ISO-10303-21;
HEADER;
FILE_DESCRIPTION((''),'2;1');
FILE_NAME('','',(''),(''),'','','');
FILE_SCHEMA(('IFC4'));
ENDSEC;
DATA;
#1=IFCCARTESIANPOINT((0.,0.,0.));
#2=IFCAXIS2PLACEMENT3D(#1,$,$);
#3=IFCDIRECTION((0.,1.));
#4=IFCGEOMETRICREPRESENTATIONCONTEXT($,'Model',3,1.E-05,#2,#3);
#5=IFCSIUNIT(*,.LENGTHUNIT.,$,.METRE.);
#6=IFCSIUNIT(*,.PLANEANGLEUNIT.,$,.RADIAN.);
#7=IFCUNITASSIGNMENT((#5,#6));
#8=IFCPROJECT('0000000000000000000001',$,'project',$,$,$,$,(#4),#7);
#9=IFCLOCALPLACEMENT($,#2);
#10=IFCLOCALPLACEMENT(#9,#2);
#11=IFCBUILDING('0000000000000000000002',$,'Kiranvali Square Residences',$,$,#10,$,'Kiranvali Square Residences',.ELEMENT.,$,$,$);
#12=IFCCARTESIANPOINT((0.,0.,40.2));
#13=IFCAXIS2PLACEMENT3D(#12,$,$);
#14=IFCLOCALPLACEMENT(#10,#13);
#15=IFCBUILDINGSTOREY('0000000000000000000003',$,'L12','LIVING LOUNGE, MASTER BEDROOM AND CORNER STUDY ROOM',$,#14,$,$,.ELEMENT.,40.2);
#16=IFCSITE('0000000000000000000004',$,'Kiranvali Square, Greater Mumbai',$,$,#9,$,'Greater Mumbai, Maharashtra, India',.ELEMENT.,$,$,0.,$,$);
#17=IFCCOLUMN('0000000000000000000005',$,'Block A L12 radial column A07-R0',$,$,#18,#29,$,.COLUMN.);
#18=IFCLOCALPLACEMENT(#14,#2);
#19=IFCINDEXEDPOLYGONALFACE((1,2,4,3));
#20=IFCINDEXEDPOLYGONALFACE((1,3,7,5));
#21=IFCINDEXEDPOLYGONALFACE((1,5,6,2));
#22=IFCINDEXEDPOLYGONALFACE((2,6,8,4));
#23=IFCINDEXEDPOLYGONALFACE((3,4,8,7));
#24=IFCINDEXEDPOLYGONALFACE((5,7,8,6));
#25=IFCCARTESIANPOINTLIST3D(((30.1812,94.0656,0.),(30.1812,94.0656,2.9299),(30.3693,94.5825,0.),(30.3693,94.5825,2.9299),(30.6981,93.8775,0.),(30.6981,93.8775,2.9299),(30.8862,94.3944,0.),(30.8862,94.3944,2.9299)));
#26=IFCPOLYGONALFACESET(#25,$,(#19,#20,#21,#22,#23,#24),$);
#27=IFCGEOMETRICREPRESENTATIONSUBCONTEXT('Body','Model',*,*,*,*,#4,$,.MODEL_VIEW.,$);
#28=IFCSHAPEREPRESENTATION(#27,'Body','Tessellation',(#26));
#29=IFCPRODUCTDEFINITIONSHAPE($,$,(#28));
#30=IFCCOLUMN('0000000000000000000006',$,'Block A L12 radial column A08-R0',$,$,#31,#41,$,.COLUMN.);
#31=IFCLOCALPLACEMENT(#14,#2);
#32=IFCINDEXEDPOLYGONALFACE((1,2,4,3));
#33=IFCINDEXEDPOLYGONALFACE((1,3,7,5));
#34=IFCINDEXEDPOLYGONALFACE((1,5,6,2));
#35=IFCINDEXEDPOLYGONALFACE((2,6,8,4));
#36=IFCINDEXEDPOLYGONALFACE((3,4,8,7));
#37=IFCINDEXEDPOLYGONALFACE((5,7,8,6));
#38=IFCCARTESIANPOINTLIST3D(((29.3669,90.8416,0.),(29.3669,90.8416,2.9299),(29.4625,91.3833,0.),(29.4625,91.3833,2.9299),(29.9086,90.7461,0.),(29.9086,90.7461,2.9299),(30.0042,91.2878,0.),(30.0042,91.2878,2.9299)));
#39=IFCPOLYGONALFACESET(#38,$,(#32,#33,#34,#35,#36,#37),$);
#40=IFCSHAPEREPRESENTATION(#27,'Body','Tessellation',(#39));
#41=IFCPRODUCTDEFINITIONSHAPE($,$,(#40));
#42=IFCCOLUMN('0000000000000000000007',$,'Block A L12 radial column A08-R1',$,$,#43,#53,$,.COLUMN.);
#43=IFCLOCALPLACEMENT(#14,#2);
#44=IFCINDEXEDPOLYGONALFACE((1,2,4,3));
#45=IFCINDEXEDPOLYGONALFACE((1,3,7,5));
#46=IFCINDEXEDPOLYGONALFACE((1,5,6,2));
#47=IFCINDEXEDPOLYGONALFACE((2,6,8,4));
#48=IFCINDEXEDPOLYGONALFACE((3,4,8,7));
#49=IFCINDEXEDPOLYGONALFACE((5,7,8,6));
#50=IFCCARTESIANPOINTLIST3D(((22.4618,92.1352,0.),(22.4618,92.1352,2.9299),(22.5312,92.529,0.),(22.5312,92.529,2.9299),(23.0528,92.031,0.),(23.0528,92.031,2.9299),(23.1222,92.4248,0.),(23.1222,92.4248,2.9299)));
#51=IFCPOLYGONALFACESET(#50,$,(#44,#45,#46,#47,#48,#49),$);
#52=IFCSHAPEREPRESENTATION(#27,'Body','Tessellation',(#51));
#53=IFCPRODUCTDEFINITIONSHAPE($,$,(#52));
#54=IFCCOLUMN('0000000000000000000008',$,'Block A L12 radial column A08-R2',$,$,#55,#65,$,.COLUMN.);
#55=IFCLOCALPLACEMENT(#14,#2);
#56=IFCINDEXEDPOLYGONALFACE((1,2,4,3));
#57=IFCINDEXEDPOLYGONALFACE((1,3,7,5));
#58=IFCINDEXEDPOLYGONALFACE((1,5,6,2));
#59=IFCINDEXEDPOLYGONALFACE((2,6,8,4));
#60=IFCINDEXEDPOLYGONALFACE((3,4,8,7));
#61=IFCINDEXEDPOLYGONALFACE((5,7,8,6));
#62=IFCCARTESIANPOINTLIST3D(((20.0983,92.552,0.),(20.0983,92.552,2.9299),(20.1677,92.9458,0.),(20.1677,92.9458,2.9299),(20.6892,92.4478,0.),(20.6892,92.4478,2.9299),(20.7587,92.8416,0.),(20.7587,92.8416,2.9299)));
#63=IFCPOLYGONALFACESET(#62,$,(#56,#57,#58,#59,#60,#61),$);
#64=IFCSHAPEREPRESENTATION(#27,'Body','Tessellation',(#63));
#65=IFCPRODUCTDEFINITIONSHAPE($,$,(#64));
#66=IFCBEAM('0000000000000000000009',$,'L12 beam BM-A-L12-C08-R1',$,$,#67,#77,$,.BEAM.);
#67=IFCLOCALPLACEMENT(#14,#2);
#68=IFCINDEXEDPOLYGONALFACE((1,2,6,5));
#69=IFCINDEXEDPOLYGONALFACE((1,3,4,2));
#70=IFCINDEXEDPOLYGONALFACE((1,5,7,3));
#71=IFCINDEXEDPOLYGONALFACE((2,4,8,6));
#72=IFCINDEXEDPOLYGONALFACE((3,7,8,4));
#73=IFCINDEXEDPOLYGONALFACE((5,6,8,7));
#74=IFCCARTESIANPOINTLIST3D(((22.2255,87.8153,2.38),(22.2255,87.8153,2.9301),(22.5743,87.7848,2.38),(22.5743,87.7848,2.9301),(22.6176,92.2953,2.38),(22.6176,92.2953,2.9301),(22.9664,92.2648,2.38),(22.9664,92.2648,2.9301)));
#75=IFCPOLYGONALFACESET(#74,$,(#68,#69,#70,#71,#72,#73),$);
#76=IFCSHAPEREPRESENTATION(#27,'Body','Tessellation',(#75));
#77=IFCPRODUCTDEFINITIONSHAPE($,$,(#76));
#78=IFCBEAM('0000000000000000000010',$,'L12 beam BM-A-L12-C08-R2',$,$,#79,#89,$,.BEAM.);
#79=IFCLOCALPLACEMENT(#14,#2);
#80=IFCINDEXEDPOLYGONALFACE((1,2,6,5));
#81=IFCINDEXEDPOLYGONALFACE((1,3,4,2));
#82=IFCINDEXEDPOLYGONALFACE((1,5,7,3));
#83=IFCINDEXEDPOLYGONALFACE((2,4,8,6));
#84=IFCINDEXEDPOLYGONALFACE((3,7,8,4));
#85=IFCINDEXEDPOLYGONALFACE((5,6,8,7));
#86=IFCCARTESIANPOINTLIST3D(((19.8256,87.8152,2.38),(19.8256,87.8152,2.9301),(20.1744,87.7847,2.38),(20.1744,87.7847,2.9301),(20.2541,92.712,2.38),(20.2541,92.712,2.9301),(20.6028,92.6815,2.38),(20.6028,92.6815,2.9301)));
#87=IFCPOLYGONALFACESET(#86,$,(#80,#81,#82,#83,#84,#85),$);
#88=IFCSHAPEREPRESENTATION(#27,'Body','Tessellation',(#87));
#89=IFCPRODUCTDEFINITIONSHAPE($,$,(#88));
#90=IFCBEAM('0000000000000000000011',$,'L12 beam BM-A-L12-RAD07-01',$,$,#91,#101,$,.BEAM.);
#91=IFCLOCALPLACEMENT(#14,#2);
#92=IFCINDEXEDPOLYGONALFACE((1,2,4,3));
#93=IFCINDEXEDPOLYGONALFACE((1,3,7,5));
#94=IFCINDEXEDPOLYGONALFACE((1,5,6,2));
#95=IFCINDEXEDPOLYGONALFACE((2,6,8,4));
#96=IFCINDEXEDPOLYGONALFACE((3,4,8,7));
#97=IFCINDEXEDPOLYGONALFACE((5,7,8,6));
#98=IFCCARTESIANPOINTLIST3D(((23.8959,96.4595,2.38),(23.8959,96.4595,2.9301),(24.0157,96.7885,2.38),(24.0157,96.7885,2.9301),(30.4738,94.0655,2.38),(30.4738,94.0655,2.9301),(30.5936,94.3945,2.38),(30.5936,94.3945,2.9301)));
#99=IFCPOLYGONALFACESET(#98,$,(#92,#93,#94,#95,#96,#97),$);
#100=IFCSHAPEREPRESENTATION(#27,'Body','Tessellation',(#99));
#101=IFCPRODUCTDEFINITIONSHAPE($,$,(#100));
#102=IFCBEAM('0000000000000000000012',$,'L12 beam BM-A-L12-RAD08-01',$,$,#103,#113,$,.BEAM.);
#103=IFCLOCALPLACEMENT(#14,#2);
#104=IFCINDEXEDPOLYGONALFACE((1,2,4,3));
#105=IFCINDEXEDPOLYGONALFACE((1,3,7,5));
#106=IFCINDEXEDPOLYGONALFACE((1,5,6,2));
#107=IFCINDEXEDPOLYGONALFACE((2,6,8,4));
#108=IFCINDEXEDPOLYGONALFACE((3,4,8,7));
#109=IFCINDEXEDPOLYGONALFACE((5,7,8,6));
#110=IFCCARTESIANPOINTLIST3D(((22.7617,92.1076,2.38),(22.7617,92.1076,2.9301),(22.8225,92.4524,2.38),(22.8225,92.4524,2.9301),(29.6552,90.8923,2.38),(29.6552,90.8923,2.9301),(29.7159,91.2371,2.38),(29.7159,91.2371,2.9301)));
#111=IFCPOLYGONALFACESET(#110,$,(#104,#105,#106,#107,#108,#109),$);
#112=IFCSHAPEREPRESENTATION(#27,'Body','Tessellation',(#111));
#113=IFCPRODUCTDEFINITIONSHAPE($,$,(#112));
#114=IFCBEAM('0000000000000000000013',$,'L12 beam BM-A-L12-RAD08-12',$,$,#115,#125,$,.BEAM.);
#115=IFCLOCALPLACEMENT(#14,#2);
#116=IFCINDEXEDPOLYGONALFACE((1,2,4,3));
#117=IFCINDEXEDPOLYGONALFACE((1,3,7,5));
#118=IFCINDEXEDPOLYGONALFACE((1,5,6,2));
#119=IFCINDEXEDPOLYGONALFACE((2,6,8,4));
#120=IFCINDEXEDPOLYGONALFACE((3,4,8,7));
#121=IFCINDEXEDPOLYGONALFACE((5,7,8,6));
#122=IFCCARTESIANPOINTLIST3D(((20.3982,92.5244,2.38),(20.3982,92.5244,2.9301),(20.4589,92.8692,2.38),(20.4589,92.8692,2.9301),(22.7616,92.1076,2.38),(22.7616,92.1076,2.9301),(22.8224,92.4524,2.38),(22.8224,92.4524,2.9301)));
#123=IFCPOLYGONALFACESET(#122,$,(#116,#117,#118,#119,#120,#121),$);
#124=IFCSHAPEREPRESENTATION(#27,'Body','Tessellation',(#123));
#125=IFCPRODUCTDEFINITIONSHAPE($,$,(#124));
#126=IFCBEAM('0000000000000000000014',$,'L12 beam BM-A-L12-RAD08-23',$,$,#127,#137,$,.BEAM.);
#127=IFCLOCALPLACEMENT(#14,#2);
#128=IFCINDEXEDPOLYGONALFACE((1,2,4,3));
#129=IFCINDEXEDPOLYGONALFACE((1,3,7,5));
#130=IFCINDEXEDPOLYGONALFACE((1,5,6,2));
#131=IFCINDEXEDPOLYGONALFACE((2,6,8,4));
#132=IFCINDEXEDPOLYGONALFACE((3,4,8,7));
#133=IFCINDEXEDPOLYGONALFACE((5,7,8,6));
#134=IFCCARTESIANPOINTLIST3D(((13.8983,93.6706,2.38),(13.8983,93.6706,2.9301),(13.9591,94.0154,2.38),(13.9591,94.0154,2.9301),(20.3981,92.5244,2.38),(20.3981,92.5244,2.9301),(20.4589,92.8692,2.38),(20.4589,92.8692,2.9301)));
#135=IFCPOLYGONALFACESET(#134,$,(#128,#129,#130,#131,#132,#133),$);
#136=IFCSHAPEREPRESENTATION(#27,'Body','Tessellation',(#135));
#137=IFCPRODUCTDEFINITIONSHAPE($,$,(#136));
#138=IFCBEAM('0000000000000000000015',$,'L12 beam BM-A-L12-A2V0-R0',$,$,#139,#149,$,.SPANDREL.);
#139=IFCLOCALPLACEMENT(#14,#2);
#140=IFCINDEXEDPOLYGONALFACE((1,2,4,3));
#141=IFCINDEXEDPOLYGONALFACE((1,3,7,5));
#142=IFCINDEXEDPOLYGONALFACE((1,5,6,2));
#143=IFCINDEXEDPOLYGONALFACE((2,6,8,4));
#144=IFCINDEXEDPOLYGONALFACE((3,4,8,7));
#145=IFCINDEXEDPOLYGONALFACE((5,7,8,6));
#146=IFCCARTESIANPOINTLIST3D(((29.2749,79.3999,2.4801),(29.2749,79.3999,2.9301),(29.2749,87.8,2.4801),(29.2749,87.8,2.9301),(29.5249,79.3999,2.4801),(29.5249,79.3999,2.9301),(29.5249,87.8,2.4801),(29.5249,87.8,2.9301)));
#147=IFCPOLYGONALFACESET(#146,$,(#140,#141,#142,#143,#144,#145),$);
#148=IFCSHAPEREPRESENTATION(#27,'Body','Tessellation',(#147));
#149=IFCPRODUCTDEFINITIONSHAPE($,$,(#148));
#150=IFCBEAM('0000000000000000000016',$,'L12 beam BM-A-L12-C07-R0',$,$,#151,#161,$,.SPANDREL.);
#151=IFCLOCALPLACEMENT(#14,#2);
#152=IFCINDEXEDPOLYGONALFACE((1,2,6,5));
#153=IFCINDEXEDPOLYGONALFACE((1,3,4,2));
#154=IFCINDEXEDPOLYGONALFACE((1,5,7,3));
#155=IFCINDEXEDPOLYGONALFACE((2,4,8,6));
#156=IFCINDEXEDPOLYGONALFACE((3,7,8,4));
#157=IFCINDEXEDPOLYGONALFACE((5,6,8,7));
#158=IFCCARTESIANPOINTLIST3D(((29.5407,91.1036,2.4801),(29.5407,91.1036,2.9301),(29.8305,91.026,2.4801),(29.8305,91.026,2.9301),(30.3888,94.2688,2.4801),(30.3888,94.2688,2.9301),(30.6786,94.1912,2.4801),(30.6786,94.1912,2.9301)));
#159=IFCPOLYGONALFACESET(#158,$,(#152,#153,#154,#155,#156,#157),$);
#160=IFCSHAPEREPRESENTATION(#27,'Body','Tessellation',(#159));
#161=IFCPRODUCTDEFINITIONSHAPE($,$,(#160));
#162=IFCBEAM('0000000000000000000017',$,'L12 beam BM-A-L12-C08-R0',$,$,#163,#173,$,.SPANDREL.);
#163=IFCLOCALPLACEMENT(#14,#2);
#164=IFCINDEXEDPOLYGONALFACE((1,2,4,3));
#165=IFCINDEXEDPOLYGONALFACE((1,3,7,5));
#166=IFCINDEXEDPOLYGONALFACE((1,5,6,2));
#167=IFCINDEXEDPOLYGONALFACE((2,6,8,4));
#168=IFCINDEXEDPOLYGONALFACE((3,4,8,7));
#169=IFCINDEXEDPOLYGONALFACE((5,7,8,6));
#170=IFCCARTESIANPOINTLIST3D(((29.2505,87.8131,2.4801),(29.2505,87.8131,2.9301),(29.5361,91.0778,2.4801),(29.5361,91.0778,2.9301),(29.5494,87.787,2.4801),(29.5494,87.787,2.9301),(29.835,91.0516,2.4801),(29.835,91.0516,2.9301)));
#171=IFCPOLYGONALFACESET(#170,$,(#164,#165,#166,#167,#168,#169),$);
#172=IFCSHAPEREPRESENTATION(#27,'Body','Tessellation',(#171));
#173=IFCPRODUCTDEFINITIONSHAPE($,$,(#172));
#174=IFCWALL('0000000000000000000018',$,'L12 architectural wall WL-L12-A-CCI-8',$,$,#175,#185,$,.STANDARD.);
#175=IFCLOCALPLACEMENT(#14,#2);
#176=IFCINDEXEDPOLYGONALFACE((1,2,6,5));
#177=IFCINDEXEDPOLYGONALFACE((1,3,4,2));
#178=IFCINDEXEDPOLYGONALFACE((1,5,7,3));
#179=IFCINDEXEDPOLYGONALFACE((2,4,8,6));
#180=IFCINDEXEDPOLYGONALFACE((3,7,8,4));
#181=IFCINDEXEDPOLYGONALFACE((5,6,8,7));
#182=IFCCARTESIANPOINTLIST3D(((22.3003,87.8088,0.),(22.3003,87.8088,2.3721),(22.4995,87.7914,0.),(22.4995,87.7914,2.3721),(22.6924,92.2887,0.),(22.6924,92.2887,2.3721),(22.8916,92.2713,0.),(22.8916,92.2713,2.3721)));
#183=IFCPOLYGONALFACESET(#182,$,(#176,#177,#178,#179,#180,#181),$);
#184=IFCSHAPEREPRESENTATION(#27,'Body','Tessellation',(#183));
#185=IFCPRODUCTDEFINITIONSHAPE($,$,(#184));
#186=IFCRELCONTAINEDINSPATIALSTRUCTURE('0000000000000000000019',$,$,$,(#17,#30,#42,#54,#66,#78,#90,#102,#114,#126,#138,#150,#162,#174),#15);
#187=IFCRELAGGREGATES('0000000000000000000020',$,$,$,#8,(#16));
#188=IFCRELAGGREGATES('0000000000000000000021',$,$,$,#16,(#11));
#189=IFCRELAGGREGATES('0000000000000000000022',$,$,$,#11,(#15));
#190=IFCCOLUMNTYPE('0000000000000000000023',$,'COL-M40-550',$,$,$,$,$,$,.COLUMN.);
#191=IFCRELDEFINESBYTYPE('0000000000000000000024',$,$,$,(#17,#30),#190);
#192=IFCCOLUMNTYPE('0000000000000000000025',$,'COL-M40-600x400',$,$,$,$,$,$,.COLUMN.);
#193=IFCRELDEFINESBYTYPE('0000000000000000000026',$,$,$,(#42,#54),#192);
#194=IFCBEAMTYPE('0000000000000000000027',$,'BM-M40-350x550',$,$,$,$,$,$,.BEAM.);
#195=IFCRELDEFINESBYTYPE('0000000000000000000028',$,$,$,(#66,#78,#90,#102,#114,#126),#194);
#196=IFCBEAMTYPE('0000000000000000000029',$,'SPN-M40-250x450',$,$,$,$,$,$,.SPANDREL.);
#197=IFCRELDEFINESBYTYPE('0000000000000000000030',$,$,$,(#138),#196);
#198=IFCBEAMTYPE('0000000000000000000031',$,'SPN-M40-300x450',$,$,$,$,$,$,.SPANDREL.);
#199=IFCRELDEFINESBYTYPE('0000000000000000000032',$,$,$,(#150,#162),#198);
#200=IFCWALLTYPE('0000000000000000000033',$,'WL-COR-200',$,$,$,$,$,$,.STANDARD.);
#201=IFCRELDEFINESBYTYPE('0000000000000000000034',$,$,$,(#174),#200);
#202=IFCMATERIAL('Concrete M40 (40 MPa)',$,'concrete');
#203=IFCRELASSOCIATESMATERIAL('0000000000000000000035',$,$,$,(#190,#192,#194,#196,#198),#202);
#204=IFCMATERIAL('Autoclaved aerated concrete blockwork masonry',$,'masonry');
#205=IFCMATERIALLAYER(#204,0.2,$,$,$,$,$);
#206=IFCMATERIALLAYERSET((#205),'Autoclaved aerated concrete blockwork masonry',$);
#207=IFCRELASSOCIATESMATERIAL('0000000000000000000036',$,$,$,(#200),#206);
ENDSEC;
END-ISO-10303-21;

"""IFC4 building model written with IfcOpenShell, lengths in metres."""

from ifc_helpers import new_model, si_unit, direction, frame, frame_2d, origin, origin_2d, place, context, subcontext, project, spatial, rectangle, extrude, material, layer, layer_set, material_profile, profile_set, type_object, element, save


model = new_model("IFC4")

# Units and contexts
model_context = context("Model", 3, precision=1e-05, world=origin(), true_north=direction((0.0, 1.0)))
body_context = subcontext(model_context, "Body", "Model", "MODEL_VIEW")
ifc_project = project(units=[si_unit("LENGTHUNIT", "METRE"), si_unit("PLANEANGLEUNIT", "RADIAN")], contexts=[model_context])

# Site, building, storey
site_placement = place(None, origin())
site = spatial("IfcSite", under=ifc_project, at=site_placement, Name="Kiranvali Square, Greater Mumbai", LongName="Greater Mumbai, Maharashtra, India", CompositionType="ELEMENT", RefElevation=0.0)
building_placement = place(site_placement, origin())
building = spatial("IfcBuilding", under=site, at=building_placement, Name="Kiranvali Square Residences", LongName="Kiranvali Square Residences", CompositionType="ELEMENT")
storey_placement = place(building_placement, frame((0.0, 0.0, 40.2)))
storey = spatial("IfcBuildingStorey", under=building, at=storey_placement, Name="L12", Description="LIVING LOUNGE, MASTER BEDROOM AND CORNER STUDY ROOM", CompositionType="ELEMENT", Elevation=40.2)

# Columns
ifc_material_1 = material(Name="Concrete M40 (40 MPa)", Category="concrete")
ifc_material_profile_1 = material_profile(ifc_material_1, rectangle(XDim=0.55, YDim=0.55, at=origin_2d()), Name="RC 550x550")
ifc_profile_set_1 = profile_set([ifc_material_profile_1], Name="Concrete M40 (40 MPa)")
column_type_1 = type_object("IfcColumnType", Name="COL-M40-550", PredefinedType="COLUMN", material=ifc_profile_set_1)
for number, where, z_axis, x_axis, name in (
    (1, (30.5337, 94.23, 0.0), (0.0, 0.0, 1.0), (0.34202, 0.939693, 0.0), "Block A L12 radial column A07-R0"),
    (2, (29.6855, 91.0647, 0.0), (0.0, 0.0, 1.0), (0.173648, 0.984808, 0.0), "Block A L12 radial column A08-R0"),
):
    element("IfcColumn", number, at=place(storey_placement, frame(where, z_axis=z_axis, x_axis=x_axis)), inside=storey, type_object=column_type_1, Name=name, PredefinedType="COLUMN", context=body_context, shape_type="SweptSolid", body=[
        extrude(rectangle(XDim=0.55, YDim=0.55, at=origin_2d()), origin(), (0.0, 0.0, 1.0), 2.9299),
    ])
ifc_material_profile_2 = material_profile(ifc_material_1, rectangle(XDim=0.3999, YDim=0.6001, at=origin_2d()), Name="RC 600x400")
ifc_profile_set_2 = profile_set([ifc_material_profile_2], Name="Concrete M40 (40 MPa)")
column_type_2 = type_object("IfcColumnType", Name="COL-M40-600x400", PredefinedType="COLUMN", material=ifc_profile_set_2)
for number, where, z_axis, x_axis, name in (
    (3, (22.792, 92.28, 0.0), (0.0, 0.0, 1.0), (0.173648, 0.984808, 0.0), "Block A L12 radial column A08-R1"),
    (4, (20.4285, 92.6968, 0.0), (0.0, 0.0, 1.0), (0.173648, 0.984808, 0.0), "Block A L12 radial column A08-R2"),
):
    element("IfcColumn", number, at=place(storey_placement, frame(where, z_axis=z_axis, x_axis=x_axis)), inside=storey, type_object=column_type_2, Name=name, PredefinedType="COLUMN", context=body_context, shape_type="SweptSolid", body=[
        extrude(rectangle(XDim=0.3999, YDim=0.6001, at=origin_2d()), origin(), (0.0, 0.0, 1.0), 2.9299),
    ])

# Beams
ifc_material_profile_3 = material_profile(ifc_material_1, rectangle(XDim=0.3501, YDim=0.55, at=origin_2d()), Name="RC 350x550")
ifc_profile_set_3 = profile_set([ifc_material_profile_3], Name="Concrete M40 (40 MPa)")
beam_type_1 = type_object("IfcBeamType", Name="BM-M40-350x550", PredefinedType="BEAM", material=ifc_profile_set_3)
beam_1_placement = place(storey_placement, frame((22.792, 92.28, 2.655), z_axis=(-0.087187, -0.996192, 0.0), x_axis=(0.996192, -0.087187, 0.0)))
element("IfcBeam", 5, at=beam_1_placement, inside=storey, type_object=beam_type_1, Name="L12 beam BM-A-L12-C08-R1", PredefinedType="BEAM", context=body_context, shape_type="SweptSolid", body=[
    extrude(rectangle(XDim=0.3501, YDim=0.55, at=origin_2d()), origin(), (0.0, 0.0, 1.0), 4.4971),
])
beam_2_placement = place(storey_placement, frame((20.4285, 92.6968, 2.655), z_axis=(-0.087168, -0.996194, 0.0), x_axis=(0.996194, -0.087168, 0.0)))
element("IfcBeam", 6, at=beam_2_placement, inside=storey, type_object=beam_type_1, Name="L12 beam BM-A-L12-C08-R2", PredefinedType="BEAM", context=body_context, shape_type="SweptSolid", body=[
    extrude(rectangle(XDim=0.3501, YDim=0.55, at=origin_2d()), origin(), (0.0, 0.0, 1.0), 4.9155),
])
beam_3_placement = place(storey_placement, frame((30.5337, 94.23, 2.655), z_axis=(-0.939698, 0.342006, 0.0), x_axis=(-0.342006, -0.939698, 0.0)))
element("IfcBeam", 7, at=beam_3_placement, inside=storey, type_object=beam_type_1, Name="L12 beam BM-A-L12-RAD07-01", PredefinedType="BEAM", context=body_context, shape_type="SweptSolid", body=[
    extrude(rectangle(XDim=0.3501, YDim=0.55, at=origin_2d()), origin(), (0.0, 0.0, 1.0), 7.0),
])
beam_4_placement = place(storey_placement, frame((29.6855, 91.0647, 2.655), z_axis=(-0.984812, 0.173622, 0.0), x_axis=(-0.173622, -0.984812, 0.0)))
element("IfcBeam", 8, at=beam_4_placement, inside=storey, type_object=beam_type_1, Name="L12 beam BM-A-L12-RAD08-01", PredefinedType="BEAM", context=body_context, shape_type="SweptSolid", body=[
    extrude(rectangle(XDim=0.3501, YDim=0.55, at=origin_2d()), origin(), (0.0, 0.0, 1.0), 6.9998),
])
beam_5_placement = place(storey_placement, frame((22.792, 92.28, 2.655), z_axis=(-0.984808, 0.173646, 0.0), x_axis=(-0.173646, -0.984808, 0.0)))
element("IfcBeam", 9, at=beam_5_placement, inside=storey, type_object=beam_type_1, Name="L12 beam BM-A-L12-RAD08-12", PredefinedType="BEAM", context=body_context, shape_type="SweptSolid", body=[
    extrude(rectangle(XDim=0.3501, YDim=0.55, at=origin_2d()), origin(), (0.0, 0.0, 1.0), 2.3999),
])
beam_6_placement = place(storey_placement, frame((20.4285, 92.6968, 2.655), z_axis=(-0.984804, 0.173671, 0.0), x_axis=(-0.173671, -0.984804, 0.0)))
element("IfcBeam", 10, at=beam_6_placement, inside=storey, type_object=beam_type_1, Name="L12 beam BM-A-L12-RAD08-23", PredefinedType="BEAM", context=body_context, shape_type="SweptSolid", body=[
    extrude(rectangle(XDim=0.3501, YDim=0.55, at=origin_2d()), origin(), (0.0, 0.0, 1.0), 6.6001),
])
ifc_material_profile_4 = material_profile(ifc_material_1, rectangle(XDim=0.25, YDim=0.45, at=origin_2d()), Name="RC 250x450")
ifc_profile_set_4 = profile_set([ifc_material_profile_4], Name="Concrete M40 (40 MPa)")
beam_type_2 = type_object("IfcBeamType", Name="SPN-M40-250x450", PredefinedType="SPANDREL", material=ifc_profile_set_4)
beam_7_placement = place(storey_placement, frame((29.3999, 87.8, 2.7051), z_axis=(0.0, -1.0, 0.0), x_axis=(1.0, 0.0, 0.0)))
element("IfcBeam", 11, at=beam_7_placement, inside=storey, type_object=beam_type_2, Name="L12 beam BM-A-L12-A2V0-R0", PredefinedType="SPANDREL", context=body_context, shape_type="SweptSolid", body=[
    extrude(rectangle(XDim=0.25, YDim=0.45, at=origin_2d()), origin(), (0.0, 0.0, 1.0), 8.4001),
])
ifc_material_profile_5 = material_profile(ifc_material_1, rectangle(XDim=0.3, YDim=0.45, at=origin_2d()), Name="RC 300x450")
ifc_profile_set_5 = profile_set([ifc_material_profile_5], Name="Concrete M40 (40 MPa)")
beam_type_3 = type_object("IfcBeamType", Name="SPN-M40-300x450", PredefinedType="SPANDREL", material=ifc_profile_set_5)
beam_8_placement = place(storey_placement, frame((30.5337, 94.23, 2.7051), z_axis=(-0.258822, -0.965925, 0.0), x_axis=(0.965925, -0.258822, 0.0)))
element("IfcBeam", 12, at=beam_8_placement, inside=storey, type_object=beam_type_3, Name="L12 beam BM-A-L12-C07-R0", PredefinedType="SPANDREL", context=body_context, shape_type="SweptSolid", body=[
    extrude(rectangle(XDim=0.3, YDim=0.45, at=origin_2d()), origin(), (0.0, 0.0, 1.0), 3.2769),
])
beam_9_placement = place(storey_placement, frame((29.6855, 91.0647, 2.7051), z_axis=(-0.087163, -0.996194, 0.0), x_axis=(0.996194, -0.087163, 0.0)))
element("IfcBeam", 13, at=beam_9_placement, inside=storey, type_object=beam_type_3, Name="L12 beam BM-A-L12-C08-R0", PredefinedType="SPANDREL", context=body_context, shape_type="SweptSolid", body=[
    extrude(rectangle(XDim=0.3, YDim=0.45, at=origin_2d()), origin(), (0.0, 0.0, 1.0), 3.2771),
])

# Wall
ifc_material_2 = material(Name="Autoclaved aerated concrete blockwork masonry", Category="masonry")
ifc_layer_1 = layer(ifc_material_2, 0.2)
ifc_layer_set_1 = layer_set([ifc_layer_1], Name="Autoclaved aerated concrete blockwork masonry")
wall_type_1 = type_object("IfcWallType", Name="WL-COR-200", PredefinedType="STANDARD", material=ifc_layer_set_1)
wall_1_placement = place(storey_placement, frame((22.792, 92.28, 0.0), z_axis=(0.0, 0.0, 1.0), x_axis=(-0.087187, -0.996192, 0.0)))
element("IfcWall", 14, at=wall_1_placement, inside=storey, type_object=wall_type_1, Name="L12 architectural wall WL-L12-A-CCI-8", PredefinedType="STANDARD", context=body_context, shape_type="SweptSolid", body=[
    extrude(rectangle(XDim=4.4971, YDim=0.2, at=frame_2d((2.2485, 0.0))), origin(), (0.0, 0.0, 1.0), 2.3721),
])

save(model, "model.ifc")
